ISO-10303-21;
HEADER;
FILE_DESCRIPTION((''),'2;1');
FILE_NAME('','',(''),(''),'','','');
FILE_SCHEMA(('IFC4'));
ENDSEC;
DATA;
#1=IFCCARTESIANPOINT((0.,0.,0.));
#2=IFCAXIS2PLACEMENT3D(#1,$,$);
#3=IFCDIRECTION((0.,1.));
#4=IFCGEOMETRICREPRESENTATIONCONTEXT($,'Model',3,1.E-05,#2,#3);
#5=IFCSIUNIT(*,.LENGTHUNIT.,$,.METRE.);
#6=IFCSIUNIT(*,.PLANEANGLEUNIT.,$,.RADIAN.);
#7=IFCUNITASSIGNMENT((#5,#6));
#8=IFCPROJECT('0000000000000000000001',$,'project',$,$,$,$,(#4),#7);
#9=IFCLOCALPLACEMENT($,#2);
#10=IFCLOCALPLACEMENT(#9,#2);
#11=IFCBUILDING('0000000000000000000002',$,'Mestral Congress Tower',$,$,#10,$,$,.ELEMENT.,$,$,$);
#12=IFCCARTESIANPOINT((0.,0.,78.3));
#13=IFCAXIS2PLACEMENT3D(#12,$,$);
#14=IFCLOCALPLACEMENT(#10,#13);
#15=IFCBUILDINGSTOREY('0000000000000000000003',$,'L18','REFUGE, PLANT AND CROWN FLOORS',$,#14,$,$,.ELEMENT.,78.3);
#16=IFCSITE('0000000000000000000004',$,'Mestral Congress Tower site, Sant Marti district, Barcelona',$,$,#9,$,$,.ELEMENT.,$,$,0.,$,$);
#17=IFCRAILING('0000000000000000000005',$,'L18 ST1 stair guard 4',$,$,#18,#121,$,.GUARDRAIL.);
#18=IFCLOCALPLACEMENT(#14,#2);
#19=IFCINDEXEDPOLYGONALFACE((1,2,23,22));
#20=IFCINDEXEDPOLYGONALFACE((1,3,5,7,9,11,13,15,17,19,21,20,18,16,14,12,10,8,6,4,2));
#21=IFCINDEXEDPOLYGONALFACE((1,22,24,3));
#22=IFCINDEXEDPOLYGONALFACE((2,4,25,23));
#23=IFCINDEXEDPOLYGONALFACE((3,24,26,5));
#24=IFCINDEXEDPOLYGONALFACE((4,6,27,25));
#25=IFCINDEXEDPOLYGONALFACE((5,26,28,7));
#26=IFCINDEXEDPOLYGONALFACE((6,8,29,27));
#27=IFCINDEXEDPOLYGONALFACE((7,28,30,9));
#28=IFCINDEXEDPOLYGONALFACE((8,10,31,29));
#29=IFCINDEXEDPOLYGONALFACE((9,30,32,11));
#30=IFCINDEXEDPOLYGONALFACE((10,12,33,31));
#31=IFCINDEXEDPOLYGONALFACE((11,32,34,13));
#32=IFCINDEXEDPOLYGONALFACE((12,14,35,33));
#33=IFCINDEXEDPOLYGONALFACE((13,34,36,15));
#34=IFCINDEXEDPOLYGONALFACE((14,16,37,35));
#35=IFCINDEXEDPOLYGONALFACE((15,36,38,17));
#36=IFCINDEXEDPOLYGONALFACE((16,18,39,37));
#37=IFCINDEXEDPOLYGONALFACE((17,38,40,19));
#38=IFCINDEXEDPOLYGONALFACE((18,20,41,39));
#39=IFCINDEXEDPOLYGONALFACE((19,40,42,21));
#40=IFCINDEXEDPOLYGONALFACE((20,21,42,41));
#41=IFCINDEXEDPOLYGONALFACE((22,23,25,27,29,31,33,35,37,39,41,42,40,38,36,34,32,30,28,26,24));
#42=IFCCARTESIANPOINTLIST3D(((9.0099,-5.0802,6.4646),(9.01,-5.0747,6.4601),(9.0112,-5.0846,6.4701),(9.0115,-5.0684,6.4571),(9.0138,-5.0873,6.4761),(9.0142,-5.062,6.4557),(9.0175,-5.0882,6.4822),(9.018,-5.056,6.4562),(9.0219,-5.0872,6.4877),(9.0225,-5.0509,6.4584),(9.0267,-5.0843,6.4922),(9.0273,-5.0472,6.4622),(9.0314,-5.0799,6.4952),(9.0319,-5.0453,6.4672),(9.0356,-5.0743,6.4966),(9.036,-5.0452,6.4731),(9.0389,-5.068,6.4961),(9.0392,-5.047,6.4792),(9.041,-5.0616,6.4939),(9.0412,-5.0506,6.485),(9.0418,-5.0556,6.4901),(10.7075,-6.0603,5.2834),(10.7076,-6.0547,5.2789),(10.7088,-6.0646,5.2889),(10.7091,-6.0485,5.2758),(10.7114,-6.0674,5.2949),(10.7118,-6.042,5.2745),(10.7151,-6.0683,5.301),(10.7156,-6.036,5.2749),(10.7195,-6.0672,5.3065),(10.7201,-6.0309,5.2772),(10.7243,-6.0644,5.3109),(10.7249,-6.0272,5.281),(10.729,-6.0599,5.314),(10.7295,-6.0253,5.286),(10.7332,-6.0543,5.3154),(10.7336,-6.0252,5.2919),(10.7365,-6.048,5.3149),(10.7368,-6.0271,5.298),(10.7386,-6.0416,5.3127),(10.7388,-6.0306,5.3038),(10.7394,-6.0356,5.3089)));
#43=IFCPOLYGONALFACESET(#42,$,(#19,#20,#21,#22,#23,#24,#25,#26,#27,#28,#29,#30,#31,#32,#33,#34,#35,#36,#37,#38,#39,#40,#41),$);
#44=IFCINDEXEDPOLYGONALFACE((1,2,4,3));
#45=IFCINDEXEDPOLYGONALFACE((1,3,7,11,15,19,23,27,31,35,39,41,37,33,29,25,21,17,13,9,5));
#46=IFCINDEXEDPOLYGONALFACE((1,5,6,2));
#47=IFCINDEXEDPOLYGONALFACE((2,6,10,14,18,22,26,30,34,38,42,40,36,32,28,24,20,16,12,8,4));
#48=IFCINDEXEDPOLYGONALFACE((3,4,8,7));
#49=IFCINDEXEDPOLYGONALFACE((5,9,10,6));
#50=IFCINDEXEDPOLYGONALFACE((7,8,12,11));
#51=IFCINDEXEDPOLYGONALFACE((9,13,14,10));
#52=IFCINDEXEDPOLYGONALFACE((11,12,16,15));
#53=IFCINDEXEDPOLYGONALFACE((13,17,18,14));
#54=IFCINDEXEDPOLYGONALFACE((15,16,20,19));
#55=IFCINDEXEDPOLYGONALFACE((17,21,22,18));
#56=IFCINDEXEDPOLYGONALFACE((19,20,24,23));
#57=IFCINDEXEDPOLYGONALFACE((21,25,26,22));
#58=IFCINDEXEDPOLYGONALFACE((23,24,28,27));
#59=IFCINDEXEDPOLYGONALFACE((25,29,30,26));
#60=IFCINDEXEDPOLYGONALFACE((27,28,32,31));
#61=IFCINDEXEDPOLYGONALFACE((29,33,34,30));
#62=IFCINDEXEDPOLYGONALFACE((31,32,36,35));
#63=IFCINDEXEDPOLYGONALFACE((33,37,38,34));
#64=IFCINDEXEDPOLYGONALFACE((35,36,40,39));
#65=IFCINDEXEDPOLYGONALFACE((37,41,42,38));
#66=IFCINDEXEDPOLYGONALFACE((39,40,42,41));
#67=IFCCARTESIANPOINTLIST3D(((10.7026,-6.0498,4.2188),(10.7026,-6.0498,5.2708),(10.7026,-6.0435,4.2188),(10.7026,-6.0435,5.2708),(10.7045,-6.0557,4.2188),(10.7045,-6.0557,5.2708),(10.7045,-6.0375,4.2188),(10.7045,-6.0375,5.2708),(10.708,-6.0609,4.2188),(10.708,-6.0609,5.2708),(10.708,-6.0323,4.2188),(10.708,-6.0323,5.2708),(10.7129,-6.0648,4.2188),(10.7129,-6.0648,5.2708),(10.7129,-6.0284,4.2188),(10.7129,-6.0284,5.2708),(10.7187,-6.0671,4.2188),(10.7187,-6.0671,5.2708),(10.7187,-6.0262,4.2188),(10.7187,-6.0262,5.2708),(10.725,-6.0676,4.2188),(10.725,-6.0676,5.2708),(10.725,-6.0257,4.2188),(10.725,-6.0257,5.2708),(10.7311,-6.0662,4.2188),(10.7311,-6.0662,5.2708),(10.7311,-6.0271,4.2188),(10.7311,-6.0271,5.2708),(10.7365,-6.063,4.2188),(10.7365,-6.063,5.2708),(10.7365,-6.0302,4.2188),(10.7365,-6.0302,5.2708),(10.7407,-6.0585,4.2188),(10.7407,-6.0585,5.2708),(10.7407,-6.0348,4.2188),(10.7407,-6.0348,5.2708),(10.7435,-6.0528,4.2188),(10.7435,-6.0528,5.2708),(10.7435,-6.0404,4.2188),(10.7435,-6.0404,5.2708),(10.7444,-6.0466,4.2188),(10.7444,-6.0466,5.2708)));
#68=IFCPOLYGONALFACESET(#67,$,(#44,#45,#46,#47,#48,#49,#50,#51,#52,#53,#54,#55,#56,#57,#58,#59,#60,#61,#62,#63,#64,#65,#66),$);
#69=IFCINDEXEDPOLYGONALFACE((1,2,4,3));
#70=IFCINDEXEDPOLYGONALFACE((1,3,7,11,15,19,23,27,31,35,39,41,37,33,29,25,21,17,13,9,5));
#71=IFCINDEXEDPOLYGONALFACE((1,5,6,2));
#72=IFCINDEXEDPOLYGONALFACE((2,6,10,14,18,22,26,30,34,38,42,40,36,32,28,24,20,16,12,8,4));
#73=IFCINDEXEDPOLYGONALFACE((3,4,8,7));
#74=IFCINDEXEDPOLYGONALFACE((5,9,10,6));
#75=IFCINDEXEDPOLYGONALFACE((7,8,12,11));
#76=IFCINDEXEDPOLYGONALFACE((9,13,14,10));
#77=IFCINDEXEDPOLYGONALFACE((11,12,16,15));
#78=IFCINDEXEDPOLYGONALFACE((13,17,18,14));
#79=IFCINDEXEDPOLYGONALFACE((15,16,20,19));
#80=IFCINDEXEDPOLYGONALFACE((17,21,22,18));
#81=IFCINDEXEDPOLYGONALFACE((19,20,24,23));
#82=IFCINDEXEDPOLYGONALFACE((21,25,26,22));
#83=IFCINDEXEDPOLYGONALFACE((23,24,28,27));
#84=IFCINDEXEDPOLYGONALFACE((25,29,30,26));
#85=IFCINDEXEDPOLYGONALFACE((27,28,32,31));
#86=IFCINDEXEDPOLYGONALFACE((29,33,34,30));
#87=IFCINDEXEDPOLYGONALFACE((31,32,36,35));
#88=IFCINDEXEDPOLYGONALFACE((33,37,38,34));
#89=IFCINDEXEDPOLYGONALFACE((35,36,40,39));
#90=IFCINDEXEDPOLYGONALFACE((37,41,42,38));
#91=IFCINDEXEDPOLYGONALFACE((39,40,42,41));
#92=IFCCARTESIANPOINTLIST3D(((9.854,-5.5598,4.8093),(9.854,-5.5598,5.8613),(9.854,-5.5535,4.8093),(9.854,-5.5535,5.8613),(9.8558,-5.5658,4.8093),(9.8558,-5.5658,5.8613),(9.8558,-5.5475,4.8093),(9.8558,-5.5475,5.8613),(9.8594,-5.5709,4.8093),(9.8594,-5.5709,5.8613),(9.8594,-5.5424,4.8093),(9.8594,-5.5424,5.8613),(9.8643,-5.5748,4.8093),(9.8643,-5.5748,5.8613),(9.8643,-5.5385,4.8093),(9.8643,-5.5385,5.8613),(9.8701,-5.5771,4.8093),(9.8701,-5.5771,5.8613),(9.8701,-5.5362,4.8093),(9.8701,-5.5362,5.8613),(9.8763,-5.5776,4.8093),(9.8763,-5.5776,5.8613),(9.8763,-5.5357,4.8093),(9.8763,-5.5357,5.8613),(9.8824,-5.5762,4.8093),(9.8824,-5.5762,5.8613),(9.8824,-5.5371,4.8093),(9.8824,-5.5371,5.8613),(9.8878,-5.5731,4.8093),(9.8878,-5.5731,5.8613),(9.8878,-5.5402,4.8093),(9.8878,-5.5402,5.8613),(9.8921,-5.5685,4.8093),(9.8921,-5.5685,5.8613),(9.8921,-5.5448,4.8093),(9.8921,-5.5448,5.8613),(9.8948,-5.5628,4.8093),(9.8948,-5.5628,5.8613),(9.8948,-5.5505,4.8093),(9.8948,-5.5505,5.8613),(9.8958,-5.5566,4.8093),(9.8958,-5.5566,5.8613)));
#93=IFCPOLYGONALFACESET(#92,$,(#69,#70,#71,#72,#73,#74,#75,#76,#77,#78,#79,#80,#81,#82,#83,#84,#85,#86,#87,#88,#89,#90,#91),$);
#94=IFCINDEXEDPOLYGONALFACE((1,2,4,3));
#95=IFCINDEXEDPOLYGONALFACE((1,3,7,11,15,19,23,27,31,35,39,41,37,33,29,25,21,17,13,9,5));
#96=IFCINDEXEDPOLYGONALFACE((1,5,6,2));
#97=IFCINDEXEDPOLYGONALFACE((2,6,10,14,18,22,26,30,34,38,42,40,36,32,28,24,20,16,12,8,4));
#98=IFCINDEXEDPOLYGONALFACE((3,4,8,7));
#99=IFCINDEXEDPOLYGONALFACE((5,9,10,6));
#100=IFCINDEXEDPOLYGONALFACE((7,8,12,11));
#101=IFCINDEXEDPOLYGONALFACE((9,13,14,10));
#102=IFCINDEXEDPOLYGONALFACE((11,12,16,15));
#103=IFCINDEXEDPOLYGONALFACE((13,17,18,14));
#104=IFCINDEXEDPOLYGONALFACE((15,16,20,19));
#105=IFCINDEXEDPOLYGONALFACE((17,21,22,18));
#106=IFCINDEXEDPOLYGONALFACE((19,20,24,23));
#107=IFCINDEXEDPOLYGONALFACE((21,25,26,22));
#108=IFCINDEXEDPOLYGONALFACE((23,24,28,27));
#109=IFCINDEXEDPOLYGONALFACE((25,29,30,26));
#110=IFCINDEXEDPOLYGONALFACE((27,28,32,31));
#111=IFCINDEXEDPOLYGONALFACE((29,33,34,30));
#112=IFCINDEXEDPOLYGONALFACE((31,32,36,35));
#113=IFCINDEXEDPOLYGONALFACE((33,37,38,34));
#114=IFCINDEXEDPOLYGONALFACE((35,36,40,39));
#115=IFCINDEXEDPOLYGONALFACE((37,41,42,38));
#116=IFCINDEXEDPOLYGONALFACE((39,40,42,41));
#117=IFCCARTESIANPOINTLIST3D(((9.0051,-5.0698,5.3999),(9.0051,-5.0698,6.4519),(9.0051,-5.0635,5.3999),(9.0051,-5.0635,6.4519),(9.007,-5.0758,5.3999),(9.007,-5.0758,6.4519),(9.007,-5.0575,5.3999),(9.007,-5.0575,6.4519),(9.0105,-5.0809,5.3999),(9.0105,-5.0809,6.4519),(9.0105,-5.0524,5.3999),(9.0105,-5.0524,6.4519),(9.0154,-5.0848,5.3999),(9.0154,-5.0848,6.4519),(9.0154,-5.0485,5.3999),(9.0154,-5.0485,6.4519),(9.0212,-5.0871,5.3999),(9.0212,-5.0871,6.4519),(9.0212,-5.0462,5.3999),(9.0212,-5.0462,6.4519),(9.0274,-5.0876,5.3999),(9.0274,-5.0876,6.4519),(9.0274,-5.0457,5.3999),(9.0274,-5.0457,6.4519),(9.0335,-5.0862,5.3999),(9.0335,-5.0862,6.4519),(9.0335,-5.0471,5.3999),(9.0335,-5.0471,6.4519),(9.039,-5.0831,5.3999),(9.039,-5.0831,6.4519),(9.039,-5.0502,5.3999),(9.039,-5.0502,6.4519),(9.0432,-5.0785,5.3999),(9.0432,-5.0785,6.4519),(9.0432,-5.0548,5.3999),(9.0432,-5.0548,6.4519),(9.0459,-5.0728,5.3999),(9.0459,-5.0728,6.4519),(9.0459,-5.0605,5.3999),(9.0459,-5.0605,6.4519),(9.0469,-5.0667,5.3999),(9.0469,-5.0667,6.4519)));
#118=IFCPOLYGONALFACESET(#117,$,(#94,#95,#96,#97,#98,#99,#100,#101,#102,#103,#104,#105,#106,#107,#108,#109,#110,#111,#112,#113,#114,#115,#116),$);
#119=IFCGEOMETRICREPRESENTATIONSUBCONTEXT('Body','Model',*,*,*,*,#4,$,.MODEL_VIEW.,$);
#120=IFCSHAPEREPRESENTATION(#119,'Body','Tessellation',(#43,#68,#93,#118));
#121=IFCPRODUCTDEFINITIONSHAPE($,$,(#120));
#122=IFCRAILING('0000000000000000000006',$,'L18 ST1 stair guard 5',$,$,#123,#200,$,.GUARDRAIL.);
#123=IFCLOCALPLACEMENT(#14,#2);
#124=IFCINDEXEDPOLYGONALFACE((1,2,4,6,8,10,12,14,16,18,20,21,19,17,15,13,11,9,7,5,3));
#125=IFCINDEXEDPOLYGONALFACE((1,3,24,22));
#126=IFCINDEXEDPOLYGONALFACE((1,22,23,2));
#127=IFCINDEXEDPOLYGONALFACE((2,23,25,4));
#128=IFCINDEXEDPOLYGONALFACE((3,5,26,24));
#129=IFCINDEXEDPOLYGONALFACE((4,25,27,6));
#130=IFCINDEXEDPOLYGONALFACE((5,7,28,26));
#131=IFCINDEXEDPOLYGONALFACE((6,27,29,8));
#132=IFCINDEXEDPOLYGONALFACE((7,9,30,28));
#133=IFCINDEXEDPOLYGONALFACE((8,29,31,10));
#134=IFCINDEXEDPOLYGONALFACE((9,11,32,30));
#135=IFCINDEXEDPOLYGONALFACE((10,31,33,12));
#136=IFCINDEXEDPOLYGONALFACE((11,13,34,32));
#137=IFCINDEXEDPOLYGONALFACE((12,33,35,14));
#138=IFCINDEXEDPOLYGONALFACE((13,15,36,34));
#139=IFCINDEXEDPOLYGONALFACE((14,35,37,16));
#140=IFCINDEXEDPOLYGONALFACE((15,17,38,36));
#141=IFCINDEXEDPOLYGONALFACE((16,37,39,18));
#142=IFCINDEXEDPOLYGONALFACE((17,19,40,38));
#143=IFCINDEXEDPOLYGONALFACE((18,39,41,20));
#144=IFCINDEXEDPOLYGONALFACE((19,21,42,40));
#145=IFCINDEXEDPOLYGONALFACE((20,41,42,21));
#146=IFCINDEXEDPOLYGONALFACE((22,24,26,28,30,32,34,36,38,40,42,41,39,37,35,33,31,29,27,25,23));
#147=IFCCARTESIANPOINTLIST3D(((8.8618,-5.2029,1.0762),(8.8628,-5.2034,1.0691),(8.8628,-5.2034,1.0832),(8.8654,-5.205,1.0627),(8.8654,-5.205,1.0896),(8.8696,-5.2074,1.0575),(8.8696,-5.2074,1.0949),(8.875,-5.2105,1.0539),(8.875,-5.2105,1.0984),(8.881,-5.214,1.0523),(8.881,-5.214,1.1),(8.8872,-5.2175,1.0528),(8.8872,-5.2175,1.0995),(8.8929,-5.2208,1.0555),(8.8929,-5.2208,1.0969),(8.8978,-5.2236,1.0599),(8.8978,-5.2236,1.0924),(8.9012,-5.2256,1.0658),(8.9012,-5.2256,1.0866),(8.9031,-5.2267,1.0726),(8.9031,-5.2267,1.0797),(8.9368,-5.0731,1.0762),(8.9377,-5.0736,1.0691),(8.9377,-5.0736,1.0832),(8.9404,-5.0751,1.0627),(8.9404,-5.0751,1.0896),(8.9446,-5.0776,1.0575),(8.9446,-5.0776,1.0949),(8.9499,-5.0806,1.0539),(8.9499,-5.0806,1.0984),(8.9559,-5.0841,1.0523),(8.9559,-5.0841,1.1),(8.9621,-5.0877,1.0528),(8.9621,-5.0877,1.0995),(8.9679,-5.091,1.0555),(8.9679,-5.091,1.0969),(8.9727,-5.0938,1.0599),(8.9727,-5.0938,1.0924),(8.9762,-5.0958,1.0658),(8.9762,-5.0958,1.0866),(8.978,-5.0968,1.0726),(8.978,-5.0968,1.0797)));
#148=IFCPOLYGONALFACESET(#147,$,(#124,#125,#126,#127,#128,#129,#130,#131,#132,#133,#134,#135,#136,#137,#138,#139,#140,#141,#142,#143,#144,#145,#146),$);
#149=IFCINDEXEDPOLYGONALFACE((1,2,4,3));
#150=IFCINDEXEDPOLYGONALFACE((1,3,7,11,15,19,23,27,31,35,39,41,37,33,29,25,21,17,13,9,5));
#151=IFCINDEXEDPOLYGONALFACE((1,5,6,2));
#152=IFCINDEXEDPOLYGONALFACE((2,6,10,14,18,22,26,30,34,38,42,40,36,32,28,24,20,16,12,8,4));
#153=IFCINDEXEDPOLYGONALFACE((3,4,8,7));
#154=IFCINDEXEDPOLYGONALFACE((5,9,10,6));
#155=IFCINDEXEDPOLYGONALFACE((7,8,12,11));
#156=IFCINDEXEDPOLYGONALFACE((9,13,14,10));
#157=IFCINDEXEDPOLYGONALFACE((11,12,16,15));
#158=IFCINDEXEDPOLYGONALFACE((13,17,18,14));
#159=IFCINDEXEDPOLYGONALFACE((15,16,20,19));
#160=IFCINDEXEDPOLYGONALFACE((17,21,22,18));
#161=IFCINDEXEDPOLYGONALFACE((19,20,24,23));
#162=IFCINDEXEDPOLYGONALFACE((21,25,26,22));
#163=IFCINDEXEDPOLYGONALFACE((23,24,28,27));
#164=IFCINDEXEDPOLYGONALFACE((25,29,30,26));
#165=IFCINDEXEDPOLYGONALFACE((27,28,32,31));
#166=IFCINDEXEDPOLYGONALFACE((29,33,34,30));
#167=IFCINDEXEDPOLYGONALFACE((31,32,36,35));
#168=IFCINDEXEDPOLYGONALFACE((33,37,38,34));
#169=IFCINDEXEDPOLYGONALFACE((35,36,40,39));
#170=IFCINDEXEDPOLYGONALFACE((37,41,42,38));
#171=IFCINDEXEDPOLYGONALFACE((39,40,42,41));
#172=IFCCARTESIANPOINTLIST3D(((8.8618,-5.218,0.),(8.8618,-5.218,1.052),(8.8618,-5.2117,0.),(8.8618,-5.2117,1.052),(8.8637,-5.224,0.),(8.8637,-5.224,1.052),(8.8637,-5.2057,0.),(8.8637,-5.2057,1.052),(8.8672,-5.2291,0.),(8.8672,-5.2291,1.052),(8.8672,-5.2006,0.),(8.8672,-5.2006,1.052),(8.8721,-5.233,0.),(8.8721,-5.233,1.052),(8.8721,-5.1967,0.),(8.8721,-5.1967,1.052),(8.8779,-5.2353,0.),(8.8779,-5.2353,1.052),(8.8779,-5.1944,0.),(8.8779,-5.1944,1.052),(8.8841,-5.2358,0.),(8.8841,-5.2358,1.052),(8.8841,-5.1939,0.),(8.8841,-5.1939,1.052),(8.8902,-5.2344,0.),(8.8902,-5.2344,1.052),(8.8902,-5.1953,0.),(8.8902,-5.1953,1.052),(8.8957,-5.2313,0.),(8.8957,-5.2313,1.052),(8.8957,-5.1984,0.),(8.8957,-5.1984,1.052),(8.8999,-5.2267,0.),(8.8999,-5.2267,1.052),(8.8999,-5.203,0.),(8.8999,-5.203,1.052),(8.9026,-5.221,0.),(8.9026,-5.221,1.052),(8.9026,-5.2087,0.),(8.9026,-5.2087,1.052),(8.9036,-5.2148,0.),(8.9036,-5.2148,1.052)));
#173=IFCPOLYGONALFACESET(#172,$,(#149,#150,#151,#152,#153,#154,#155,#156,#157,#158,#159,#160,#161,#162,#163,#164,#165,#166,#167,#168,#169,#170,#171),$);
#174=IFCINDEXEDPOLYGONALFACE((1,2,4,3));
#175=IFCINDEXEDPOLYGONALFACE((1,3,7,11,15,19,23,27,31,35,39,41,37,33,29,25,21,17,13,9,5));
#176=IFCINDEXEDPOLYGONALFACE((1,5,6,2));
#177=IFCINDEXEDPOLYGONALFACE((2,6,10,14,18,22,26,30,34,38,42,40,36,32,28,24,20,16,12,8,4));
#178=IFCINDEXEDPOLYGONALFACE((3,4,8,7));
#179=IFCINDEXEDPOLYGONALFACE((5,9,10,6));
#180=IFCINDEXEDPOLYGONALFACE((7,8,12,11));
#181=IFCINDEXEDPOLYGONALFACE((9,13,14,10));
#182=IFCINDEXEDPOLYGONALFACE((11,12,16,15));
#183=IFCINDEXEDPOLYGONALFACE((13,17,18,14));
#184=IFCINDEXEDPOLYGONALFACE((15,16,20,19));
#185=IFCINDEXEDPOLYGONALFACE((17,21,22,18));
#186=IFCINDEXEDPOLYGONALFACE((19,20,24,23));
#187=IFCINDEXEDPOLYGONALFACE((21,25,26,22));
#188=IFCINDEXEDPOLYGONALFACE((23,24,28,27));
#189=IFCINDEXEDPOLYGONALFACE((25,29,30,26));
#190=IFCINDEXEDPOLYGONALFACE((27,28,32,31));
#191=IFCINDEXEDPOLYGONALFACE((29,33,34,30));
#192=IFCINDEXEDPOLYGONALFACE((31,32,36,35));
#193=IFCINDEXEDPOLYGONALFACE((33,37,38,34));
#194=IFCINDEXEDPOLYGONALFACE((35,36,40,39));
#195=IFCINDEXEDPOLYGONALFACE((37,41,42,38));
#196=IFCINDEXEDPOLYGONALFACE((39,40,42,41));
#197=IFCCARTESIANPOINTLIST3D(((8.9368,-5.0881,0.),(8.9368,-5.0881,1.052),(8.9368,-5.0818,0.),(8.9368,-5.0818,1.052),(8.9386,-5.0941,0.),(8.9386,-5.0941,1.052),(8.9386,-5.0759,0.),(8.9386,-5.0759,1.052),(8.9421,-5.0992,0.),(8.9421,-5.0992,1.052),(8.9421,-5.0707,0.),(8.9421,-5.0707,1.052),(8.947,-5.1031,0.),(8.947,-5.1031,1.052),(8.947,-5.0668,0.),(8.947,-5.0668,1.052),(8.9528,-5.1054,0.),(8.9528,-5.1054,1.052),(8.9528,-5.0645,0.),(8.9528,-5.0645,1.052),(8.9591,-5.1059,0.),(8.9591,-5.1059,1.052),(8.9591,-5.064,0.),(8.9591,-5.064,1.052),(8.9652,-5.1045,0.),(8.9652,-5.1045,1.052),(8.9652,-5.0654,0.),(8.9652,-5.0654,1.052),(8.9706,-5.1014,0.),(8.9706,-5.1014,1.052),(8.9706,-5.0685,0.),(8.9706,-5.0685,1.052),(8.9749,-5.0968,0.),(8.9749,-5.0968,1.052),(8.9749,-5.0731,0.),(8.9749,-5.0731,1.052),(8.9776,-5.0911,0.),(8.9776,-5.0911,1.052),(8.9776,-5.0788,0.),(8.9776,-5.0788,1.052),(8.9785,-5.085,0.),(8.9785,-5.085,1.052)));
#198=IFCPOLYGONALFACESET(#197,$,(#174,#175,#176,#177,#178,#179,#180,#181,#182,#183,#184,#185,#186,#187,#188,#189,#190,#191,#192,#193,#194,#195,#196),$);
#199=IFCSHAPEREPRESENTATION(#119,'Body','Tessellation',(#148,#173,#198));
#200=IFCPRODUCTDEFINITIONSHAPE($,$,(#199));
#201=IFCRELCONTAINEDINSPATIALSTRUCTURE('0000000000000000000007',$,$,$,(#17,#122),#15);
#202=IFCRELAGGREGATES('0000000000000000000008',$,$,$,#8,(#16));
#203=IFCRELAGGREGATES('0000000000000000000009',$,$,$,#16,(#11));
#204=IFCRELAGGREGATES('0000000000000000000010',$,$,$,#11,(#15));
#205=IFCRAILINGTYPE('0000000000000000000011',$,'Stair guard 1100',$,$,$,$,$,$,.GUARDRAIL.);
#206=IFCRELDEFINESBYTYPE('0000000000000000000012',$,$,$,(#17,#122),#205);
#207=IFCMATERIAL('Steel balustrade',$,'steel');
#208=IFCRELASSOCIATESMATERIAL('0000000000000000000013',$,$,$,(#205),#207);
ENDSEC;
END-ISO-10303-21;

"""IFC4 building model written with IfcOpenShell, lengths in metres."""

from ifc_helpers import new_model, si_unit, direction, frame, origin, origin_2d, place, context, subcontext, project, spatial, circle, extrude, material, type_object, element, save


model = new_model("IFC4")

# Units and contexts
model_context = context("Model", 3, precision=1e-05, world=origin(), true_north=direction((0.0, 1.0)))
body_context = subcontext(model_context, "Body", "Model", "MODEL_VIEW")
ifc_project = project(units=[si_unit("LENGTHUNIT", "METRE"), si_unit("PLANEANGLEUNIT", "RADIAN")], contexts=[model_context])

# Site, building, storey
site_placement = place(None, origin())
site = spatial("IfcSite", under=ifc_project, at=site_placement, Name="Mestral Congress Tower site, Sant Marti district, Barcelona", CompositionType="ELEMENT", RefElevation=0.0)
building_placement = place(site_placement, origin())
building = spatial("IfcBuilding", under=site, at=building_placement, Name="Mestral Congress Tower", CompositionType="ELEMENT")
storey_placement = place(building_placement, frame((0.0, 0.0, 78.3)))
storey = spatial("IfcBuildingStorey", under=building, at=storey_placement, Name="L18", Description="REFUGE, PLANT AND CROWN FLOORS", CompositionType="ELEMENT", Elevation=78.3)

# Railings
ifc_material_1 = material(Name="Steel balustrade", Category="steel")
railing_type_1 = type_object("IfcRailingType", Name="Stair guard 1100", PredefinedType="GUARDRAIL", material=ifc_material_1)
railing_1_placement = place(storey_placement, frame((10.7234, -6.0466, 4.2188)))
element("IfcRailing", 1, at=railing_1_placement, inside=storey, type_object=railing_type_1, Name="L18 ST1 stair guard 4", PredefinedType="GUARDRAIL", context=body_context, shape_type="SweptSolid", body=[
    extrude(circle(Radius=0.0239, at=origin_2d()), frame((0.0, 0.0, 1.0762), z_axis=(-0.741771, 0.428228, 0.516135), x_axis=(-0.49997, -0.866042, 0.0)), (0.0, 0.0, 1.0), 2.2886),
    extrude(circle(Radius=0.021, at=origin_2d()), origin(), (0.0, 0.0, 1.0), 1.052),
    extrude(circle(Radius=0.021, at=origin_2d()), frame((-0.8486, 0.49, 0.5906)), (0.0, 0.0, 1.0), 1.052),
    extrude(circle(Radius=0.021, at=origin_2d()), frame((-1.6975, 0.98, 1.1812)), (0.0, 0.0, 1.0), 1.052),
])
railing_2_placement = place(storey_placement, frame((8.8826, -5.2148, 0.0)))
element("IfcRailing", 2, at=railing_2_placement, inside=storey, type_object=railing_type_1, Name="L18 ST1 stair guard 5", PredefinedType="GUARDRAIL", context=body_context, shape_type="SweptSolid", body=[
    extrude(circle(Radius=0.0239, at=origin_2d()), frame((0.0, 0.0, 1.0762), z_axis=(0.499816, 0.866131, 0.0), x_axis=(-0.866131, 0.499816, 0.0)), (0.0, 0.0, 1.0), 0.1499),
    extrude(circle(Radius=0.021, at=origin_2d()), origin(), (0.0, 0.0, 1.0), 1.052),
    extrude(circle(Radius=0.021, at=origin_2d()), frame((0.075, 0.1299, 0.0)), (0.0, 0.0, 1.0), 1.052),
])

save(model, "model.ifc")
